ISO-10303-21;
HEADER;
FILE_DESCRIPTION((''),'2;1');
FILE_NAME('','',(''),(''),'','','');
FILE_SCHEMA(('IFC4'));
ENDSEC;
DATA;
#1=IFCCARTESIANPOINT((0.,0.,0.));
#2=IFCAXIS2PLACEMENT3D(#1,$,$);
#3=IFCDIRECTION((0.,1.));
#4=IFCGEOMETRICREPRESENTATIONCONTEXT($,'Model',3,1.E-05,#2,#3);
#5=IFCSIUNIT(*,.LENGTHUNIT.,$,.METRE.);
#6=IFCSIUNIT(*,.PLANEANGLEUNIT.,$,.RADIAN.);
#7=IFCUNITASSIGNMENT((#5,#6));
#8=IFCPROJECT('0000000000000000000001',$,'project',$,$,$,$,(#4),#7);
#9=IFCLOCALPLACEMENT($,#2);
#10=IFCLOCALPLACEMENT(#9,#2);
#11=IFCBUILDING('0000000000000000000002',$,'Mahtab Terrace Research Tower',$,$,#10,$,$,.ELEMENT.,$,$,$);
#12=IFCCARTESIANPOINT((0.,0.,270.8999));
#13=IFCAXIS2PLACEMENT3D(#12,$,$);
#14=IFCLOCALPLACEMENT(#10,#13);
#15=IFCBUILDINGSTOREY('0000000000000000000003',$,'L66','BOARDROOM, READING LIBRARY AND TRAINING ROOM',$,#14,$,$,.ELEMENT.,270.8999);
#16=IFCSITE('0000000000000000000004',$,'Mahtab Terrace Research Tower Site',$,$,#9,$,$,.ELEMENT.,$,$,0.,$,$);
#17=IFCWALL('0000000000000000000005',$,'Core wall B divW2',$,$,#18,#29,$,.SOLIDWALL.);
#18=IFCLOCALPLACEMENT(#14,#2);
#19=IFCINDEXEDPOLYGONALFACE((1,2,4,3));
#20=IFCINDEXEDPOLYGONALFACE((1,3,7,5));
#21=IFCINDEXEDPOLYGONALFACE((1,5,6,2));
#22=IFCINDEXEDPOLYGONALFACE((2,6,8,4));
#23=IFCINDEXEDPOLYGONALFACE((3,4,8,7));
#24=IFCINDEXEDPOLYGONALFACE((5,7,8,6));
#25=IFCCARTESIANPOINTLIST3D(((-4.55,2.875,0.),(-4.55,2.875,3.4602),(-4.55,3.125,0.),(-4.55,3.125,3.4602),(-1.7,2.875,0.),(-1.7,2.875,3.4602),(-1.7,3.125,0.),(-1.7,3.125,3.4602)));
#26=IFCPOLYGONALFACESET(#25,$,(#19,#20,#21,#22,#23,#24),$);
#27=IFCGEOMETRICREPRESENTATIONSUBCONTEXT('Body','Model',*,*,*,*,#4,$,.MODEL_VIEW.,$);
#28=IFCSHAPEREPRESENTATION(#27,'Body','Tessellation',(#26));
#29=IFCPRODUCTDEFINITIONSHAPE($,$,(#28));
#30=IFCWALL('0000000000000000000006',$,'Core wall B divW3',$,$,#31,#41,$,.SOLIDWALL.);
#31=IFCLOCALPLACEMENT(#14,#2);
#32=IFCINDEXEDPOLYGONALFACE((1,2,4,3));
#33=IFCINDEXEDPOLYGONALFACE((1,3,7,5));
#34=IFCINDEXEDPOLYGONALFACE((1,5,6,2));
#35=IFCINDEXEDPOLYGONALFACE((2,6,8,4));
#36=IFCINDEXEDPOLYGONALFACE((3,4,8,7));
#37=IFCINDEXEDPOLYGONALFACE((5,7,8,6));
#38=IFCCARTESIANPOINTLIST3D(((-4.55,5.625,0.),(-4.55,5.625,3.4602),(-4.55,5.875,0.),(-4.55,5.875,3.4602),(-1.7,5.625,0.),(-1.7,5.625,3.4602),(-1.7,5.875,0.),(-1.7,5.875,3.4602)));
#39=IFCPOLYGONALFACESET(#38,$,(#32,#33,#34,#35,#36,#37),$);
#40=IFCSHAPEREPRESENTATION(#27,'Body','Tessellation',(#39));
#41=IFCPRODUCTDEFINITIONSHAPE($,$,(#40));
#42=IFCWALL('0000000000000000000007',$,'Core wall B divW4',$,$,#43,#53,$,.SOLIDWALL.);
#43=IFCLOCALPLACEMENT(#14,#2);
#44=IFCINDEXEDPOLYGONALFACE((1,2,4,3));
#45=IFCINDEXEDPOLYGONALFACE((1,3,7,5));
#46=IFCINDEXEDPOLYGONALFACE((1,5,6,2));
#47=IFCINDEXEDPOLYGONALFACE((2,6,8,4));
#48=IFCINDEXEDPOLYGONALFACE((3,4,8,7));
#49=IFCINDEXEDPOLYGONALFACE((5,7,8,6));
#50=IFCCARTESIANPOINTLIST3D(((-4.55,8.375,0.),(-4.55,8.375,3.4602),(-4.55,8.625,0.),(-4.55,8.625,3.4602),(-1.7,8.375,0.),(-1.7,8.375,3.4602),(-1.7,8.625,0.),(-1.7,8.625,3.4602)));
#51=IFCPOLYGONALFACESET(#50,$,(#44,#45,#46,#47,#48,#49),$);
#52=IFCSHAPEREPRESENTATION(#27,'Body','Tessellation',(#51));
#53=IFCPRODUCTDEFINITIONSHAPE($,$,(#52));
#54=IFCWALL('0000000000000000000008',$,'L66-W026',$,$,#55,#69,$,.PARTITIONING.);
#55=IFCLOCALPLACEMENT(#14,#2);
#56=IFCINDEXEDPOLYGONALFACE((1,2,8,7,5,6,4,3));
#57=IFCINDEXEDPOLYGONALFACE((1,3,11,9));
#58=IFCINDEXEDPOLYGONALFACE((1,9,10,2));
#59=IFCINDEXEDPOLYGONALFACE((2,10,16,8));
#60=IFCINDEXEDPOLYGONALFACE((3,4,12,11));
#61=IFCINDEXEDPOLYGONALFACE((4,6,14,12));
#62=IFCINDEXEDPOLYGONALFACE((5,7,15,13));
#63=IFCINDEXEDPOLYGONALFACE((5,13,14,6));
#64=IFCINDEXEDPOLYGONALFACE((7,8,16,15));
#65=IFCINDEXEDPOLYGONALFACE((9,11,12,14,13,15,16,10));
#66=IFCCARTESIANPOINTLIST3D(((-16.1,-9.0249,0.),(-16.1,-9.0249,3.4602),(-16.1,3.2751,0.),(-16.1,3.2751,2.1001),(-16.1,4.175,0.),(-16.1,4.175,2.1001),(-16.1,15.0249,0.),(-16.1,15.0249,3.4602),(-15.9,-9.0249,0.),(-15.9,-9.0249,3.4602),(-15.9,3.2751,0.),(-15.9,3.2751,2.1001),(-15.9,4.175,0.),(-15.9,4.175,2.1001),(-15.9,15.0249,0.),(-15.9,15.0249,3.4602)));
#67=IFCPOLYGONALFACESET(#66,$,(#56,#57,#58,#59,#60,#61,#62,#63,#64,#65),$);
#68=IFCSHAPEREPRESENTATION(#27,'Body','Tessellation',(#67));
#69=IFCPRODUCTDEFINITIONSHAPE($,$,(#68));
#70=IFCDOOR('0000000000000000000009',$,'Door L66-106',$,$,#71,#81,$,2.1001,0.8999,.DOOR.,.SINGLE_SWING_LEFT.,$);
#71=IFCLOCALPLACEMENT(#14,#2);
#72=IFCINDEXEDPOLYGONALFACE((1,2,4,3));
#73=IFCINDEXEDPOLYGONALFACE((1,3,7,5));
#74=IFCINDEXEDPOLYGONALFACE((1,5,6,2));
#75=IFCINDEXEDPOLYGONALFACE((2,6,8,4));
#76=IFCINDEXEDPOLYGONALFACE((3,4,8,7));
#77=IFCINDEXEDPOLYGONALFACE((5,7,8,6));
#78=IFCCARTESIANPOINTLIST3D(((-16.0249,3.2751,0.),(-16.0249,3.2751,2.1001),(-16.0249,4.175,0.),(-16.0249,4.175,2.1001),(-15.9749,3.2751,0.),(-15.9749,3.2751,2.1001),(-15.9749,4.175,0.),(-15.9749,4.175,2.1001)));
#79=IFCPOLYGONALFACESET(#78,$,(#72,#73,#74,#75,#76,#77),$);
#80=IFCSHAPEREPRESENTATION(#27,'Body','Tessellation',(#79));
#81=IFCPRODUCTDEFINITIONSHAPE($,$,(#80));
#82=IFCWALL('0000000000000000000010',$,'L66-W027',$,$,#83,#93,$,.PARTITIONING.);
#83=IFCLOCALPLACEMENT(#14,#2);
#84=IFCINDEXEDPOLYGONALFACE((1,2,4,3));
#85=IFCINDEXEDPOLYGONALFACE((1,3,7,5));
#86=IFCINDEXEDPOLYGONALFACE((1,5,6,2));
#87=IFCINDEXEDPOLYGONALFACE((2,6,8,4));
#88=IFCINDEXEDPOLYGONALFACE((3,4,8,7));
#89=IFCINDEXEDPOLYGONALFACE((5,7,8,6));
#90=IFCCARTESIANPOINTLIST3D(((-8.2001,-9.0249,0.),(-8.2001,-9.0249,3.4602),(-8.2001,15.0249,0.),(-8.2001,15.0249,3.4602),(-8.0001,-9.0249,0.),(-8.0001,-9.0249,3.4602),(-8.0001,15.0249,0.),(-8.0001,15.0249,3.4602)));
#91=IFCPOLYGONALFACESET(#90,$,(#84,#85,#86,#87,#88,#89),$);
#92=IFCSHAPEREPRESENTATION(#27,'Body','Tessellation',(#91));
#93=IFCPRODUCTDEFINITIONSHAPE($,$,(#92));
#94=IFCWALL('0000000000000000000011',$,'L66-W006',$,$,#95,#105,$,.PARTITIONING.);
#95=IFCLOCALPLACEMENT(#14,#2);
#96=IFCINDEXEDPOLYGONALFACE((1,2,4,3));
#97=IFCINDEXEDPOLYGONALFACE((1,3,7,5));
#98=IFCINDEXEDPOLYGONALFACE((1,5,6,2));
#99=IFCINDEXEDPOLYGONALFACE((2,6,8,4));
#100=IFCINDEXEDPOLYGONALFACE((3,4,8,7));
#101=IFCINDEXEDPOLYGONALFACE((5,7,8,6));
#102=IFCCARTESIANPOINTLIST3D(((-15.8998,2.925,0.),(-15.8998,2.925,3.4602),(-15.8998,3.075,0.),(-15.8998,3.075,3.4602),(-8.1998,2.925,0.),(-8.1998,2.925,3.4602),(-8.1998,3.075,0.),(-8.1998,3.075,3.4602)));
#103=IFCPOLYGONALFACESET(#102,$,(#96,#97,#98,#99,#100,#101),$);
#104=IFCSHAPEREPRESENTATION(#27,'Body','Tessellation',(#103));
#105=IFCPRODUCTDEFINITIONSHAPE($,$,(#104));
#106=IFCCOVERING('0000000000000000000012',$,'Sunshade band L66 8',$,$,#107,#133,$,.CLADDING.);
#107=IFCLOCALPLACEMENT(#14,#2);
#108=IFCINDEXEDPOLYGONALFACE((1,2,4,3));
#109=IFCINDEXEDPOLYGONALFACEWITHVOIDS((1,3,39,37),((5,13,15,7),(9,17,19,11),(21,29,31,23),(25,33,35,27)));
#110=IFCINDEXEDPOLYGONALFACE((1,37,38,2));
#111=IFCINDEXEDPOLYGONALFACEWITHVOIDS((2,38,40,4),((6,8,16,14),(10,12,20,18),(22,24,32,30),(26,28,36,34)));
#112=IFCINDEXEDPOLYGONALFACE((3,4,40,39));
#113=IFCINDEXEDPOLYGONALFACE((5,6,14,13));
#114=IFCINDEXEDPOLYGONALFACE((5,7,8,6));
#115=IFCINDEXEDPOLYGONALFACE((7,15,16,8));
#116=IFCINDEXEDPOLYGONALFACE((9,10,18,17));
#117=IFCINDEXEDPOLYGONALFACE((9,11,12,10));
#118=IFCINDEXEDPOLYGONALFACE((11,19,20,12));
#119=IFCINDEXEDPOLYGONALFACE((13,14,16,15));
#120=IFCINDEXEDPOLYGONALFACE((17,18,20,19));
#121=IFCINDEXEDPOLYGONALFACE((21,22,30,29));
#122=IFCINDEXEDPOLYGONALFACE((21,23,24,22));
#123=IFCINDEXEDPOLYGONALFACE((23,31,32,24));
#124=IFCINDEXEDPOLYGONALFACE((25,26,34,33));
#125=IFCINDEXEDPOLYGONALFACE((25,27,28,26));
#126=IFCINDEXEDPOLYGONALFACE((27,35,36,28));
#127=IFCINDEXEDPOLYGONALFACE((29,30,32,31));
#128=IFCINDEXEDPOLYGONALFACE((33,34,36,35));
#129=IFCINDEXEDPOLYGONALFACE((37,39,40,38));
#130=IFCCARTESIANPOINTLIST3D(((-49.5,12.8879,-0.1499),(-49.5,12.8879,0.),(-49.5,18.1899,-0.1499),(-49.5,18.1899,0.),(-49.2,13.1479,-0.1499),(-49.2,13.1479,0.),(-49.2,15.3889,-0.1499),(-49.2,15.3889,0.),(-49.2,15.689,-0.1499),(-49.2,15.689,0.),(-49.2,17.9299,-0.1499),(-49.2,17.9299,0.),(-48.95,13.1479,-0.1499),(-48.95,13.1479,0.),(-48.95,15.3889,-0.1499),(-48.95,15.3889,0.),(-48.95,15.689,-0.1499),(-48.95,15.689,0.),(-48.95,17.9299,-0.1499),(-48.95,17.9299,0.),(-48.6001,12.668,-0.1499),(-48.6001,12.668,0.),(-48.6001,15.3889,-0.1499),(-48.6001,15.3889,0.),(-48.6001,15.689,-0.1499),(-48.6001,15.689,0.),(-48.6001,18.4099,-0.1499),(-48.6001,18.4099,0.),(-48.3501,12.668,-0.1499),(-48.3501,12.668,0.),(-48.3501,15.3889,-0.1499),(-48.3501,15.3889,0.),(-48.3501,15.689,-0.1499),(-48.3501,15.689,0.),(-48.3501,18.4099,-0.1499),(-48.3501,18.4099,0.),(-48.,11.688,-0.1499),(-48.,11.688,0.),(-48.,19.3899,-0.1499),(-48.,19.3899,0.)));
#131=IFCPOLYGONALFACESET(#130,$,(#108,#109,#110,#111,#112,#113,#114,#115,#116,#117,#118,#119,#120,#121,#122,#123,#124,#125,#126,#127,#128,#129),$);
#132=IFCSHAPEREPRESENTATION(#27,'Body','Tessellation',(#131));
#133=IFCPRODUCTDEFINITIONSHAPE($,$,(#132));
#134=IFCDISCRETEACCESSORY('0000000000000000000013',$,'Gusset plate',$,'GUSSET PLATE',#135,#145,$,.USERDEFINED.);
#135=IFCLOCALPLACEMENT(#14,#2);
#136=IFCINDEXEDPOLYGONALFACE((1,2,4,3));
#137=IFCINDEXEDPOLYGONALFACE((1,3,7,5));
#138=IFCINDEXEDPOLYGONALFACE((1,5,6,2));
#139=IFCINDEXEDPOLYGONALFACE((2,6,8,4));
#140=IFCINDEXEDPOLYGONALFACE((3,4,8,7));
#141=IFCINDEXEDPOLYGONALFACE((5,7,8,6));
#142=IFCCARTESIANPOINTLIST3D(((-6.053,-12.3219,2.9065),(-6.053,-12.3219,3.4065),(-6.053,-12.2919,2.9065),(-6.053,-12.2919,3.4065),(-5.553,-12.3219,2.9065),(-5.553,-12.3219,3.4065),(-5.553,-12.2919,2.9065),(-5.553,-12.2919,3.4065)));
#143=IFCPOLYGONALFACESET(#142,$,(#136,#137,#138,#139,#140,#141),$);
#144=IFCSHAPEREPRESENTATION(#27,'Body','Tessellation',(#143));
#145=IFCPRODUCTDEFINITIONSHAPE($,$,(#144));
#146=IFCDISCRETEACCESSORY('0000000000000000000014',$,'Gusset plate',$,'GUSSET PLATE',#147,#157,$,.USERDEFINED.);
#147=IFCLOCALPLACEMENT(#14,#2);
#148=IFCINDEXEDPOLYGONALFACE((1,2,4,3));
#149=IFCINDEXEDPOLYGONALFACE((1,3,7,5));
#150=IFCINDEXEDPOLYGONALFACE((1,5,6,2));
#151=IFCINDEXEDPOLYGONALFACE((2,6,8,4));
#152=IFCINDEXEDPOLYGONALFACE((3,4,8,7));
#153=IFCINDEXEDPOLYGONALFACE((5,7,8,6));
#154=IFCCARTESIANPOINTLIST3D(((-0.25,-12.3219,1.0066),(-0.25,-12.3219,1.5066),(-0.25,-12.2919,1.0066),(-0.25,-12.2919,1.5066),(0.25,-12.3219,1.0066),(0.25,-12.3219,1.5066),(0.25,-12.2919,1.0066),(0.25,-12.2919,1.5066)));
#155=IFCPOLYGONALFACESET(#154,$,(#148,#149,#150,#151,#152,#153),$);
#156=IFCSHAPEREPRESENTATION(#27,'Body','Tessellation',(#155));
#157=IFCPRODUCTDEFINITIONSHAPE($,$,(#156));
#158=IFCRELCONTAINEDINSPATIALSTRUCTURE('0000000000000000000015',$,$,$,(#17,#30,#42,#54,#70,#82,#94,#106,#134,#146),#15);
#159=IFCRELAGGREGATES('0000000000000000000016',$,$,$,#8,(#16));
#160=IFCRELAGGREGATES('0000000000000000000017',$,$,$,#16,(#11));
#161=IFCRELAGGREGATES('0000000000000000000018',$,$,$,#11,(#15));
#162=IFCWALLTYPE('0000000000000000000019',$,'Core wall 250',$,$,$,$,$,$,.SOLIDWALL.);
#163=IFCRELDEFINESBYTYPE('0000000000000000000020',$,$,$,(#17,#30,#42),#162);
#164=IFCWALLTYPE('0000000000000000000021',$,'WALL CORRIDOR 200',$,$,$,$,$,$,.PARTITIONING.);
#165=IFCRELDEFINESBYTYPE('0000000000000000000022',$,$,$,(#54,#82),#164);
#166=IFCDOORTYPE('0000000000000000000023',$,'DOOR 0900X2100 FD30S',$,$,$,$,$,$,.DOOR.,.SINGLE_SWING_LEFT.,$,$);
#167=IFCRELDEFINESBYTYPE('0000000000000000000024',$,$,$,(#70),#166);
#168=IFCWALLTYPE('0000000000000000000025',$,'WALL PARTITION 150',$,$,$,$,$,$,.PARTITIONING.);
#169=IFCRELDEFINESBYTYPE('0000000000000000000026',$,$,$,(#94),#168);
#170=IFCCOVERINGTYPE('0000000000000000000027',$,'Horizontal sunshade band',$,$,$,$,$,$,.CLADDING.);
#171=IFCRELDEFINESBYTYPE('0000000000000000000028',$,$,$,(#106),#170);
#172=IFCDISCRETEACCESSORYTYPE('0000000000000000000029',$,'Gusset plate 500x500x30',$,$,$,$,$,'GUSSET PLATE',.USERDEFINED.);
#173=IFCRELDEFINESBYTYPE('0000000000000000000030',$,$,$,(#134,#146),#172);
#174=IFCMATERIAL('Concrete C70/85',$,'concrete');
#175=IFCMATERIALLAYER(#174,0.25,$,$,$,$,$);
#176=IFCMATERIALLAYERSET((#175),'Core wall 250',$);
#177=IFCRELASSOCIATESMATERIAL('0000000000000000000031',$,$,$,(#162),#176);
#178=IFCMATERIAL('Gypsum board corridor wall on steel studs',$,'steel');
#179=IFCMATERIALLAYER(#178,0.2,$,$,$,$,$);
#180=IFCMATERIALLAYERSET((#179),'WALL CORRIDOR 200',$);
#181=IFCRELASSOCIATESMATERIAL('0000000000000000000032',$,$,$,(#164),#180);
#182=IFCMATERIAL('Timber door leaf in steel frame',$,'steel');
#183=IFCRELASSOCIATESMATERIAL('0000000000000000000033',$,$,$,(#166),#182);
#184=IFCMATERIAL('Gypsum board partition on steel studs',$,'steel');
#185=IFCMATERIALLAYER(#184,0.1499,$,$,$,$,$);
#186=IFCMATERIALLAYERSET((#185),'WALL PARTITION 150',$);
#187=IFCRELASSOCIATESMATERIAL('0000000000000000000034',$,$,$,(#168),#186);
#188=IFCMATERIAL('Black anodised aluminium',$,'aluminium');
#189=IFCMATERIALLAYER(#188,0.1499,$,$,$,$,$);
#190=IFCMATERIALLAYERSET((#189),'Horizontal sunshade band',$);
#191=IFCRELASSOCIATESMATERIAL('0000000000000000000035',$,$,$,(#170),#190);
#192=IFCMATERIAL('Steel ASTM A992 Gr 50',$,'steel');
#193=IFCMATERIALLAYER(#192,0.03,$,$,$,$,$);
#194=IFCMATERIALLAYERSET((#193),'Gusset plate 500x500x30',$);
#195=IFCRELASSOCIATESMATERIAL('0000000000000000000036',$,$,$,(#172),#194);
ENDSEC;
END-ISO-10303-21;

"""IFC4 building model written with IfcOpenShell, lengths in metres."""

from ifc_helpers import new_model, si_unit, direction, frame, frame_2d, origin, origin_2d, place, context, subcontext, project, spatial, polyline, rectangle, outline, extrude, material, layer, layer_set, type_object, element, fill, save


model = new_model("IFC4")

# Units and contexts
model_context = context("Model", 3, precision=1e-05, world=origin(), true_north=direction((0.0, 1.0)))
body_context = subcontext(model_context, "Body", "Model", "MODEL_VIEW")
ifc_project = project(units=[si_unit("LENGTHUNIT", "METRE"), si_unit("PLANEANGLEUNIT", "RADIAN")], contexts=[model_context])

# Site, building, storey
site_placement = place(None, origin())
site = spatial("IfcSite", under=ifc_project, at=site_placement, Name="Mahtab Terrace Research Tower Site", CompositionType="ELEMENT", RefElevation=0.0)
building_placement = place(site_placement, origin())
building = spatial("IfcBuilding", under=site, at=building_placement, Name="Mahtab Terrace Research Tower", CompositionType="ELEMENT")
storey_placement = place(building_placement, frame((0.0, 0.0, 270.8999)))
storey = spatial("IfcBuildingStorey", under=building, at=storey_placement, Name="L66", Description="BOARDROOM, READING LIBRARY AND TRAINING ROOM", CompositionType="ELEMENT", Elevation=270.8999)

# Shared definitions
ifc_material_1 = material(Name="Concrete C70/85", Category="concrete")
ifc_material_2 = material(Name="Steel ASTM A992 Gr 50", Category="steel")

# Shared definitions
ifc_layer_1 = layer(ifc_material_1, 0.25)
ifc_layer_set_1 = layer_set([ifc_layer_1], Name="Core wall 250")
wall_type_1 = type_object("IfcWallType", Name="Core wall 250", PredefinedType="SOLIDWALL", material=ifc_layer_set_1)

# Walls
for number, where, z_axis, x_axis, name in (
    (1, (-4.55, 3.0, 0.0), (0.0, 0.0, 1.0), (1.0, 0.0, 0.0), "Core wall B divW2"),
    (2, (-4.55, 5.75, 0.0), (0.0, 0.0, 1.0), (1.0, 0.0, 0.0), "Core wall B divW3"),
    (3, (-4.55, 8.5, 0.0), (0.0, 0.0, 1.0), (1.0, 0.0, 0.0), "Core wall B divW4"),
):
    element("IfcWall", number, at=place(storey_placement, frame(where, z_axis=z_axis, x_axis=x_axis)), inside=storey, type_object=wall_type_1, Name=name, PredefinedType="SOLIDWALL", context=body_context, shape_type="SweptSolid", body=[
        extrude(rectangle(XDim=2.8501, YDim=0.25, at=frame_2d((1.425, 0.0))), origin(), (0.0, 0.0, 1.0), 3.4602),
    ])

# Wall, opening, door
ifc_material_3 = material(Name="Gypsum board corridor wall on steel studs", Category="steel")
ifc_layer_2 = layer(ifc_material_3, 0.2)
ifc_layer_set_2 = layer_set([ifc_layer_2], Name="WALL CORRIDOR 200")
wall_type_2 = type_object("IfcWallType", Name="WALL CORRIDOR 200", PredefinedType="PARTITIONING", material=ifc_layer_set_2)
wall_1_placement = place(storey_placement, frame((-16.0, -9.0249, 0.0), z_axis=(0.0, 0.0, 1.0), x_axis=(0.0, 1.0, 0.0)))
wall_1 = element("IfcWall", 4, at=wall_1_placement, inside=storey, type_object=wall_type_2, Name="L66-W026", PredefinedType="PARTITIONING", context=body_context, shape_type="SweptSolid", body=[
    extrude(rectangle(XDim=24.0498, YDim=0.2, at=frame_2d((12.0249, 0.0))), origin(), (0.0, 0.0, 1.0), 3.4602),
])
opening_1_placement = place(wall_1_placement, frame((12.3, 0.0, 0.0)))
opening_1 = element("IfcOpeningElement", 5, at=opening_1_placement, cuts=wall_1, PredefinedType="OPENING", context=body_context, shape_type="SweptSolid", body=[
    extrude(rectangle(XDim=0.8999, YDim=2.1001, at=frame_2d((0.45, 1.05))), frame((0.0, 0.1099, 0.0), z_axis=(0.0, -1.0, 0.0), x_axis=(1.0, 0.0, 0.0)), (0.0, 0.0, 1.0), 0.22),
])
ifc_material_4 = material(Name="Timber door leaf in steel frame", Category="steel")
door_type_1 = type_object("IfcDoorType", Name="DOOR 0900X2100 FD30S", OperationType="SINGLE_SWING_LEFT", PredefinedType="DOOR", material=ifc_material_4)
door_1_placement = place(opening_1_placement, origin())
door_1 = element("IfcDoor", 6, at=door_1_placement, inside=storey, type_object=door_type_1, Name="Door L66-106", OperationType="SINGLE_SWING_LEFT", OverallHeight=2.1001, OverallWidth=0.8999, PredefinedType="DOOR", context=body_context, shape_type="SweptSolid", body=[
    extrude(rectangle(XDim=0.8999, YDim=2.1001, at=frame_2d((0.45, 1.05))), frame((0.0, 0.0249, 0.0), z_axis=(0.0, -1.0, 0.0), x_axis=(1.0, 0.0, 0.0)), (0.0, 0.0, 1.0), 0.05),
])
fill(opening_1, door_1)

# Walls
wall_2_placement = place(storey_placement, frame((-8.1001, -9.0249, 0.0), z_axis=(0.0, 0.0, 1.0), x_axis=(0.0, 1.0, 0.0)))
element("IfcWall", 7, at=wall_2_placement, inside=storey, type_object=wall_type_2, Name="L66-W027", PredefinedType="PARTITIONING", context=body_context, shape_type="SweptSolid", body=[
    extrude(rectangle(XDim=24.0498, YDim=0.2, at=frame_2d((12.0249, 0.0))), origin(), (0.0, 0.0, 1.0), 3.4602),
])
ifc_material_5 = material(Name="Gypsum board partition on steel studs", Category="steel")
ifc_layer_3 = layer(ifc_material_5, 0.1499)
ifc_layer_set_3 = layer_set([ifc_layer_3], Name="WALL PARTITION 150")
wall_type_3 = type_object("IfcWallType", Name="WALL PARTITION 150", PredefinedType="PARTITIONING", material=ifc_layer_set_3)
wall_3_placement = place(storey_placement, frame((-15.8999, 3.0, 0.0), z_axis=(0.0, 0.0, 1.0), x_axis=(1.0, 0.0, 0.0)))
element("IfcWall", 8, at=wall_3_placement, inside=storey, type_object=wall_type_3, Name="L66-W006", PredefinedType="PARTITIONING", context=body_context, shape_type="SweptSolid", body=[
    extrude(rectangle(XDim=7.7, YDim=0.1499, at=frame_2d((3.8501, 0.0))), origin(), (0.0, 0.0, 1.0), 3.4602),
])

# Covering
ifc_material_6 = material(Name="Black anodised aluminium", Category="aluminium")
ifc_layer_4 = layer(ifc_material_6, 0.1499)
ifc_layer_set_4 = layer_set([ifc_layer_4], Name="Horizontal sunshade band")
covering_type = type_object("IfcCoveringType", Name="Horizontal sunshade band", PredefinedType="CLADDING", material=ifc_layer_set_4)
covering_placement = place(storey_placement, frame((0.0, 0.0, -0.1499)))
element("IfcCovering", 9, at=covering_placement, inside=storey, type_object=covering_type, Name="Sunshade band L66 8", PredefinedType="CLADDING", context=body_context, shape_type="SweptSolid", body=[
    extrude(outline(polyline([(-48.0, 19.3899), (-48.0, 11.688), (-49.5, 12.8879), (-49.5, 18.1899), (-48.0, 19.3899)]), holes=[polyline([(-48.3501, 18.4099), (-48.3501, 15.689), (-48.6001, 15.689), (-48.6001, 18.4099), (-48.3501, 18.4099)]), polyline([(-48.3501, 15.3889), (-48.3501, 12.668), (-48.6001, 12.668), (-48.6001, 15.3889), (-48.3501, 15.3889)]), polyline([(-48.95, 17.9299), (-48.95, 15.689), (-49.2, 15.689), (-49.2, 17.9299), (-48.95, 17.9299)]), polyline([(-48.95, 15.3889), (-48.95, 13.1479), (-49.2, 13.1479), (-49.2, 15.3889), (-48.95, 15.3889)])]), origin(), (0.0, 0.0, 1.0), 0.1499),
])

# Discrete accessories
ifc_layer_5 = layer(ifc_material_2, 0.03)
ifc_layer_set_5 = layer_set([ifc_layer_5], Name="Gusset plate 500x500x30")
discrete_accessory_type = type_object("IfcDiscreteAccessoryType", Name="Gusset plate 500x500x30", ElementType="GUSSET PLATE", PredefinedType="USERDEFINED", material=ifc_layer_set_5)
for number, where, z_axis, x_axis, name in (
    (10, (-5.803, -12.3069, 2.9065), (0.0, 0.0, 1.0), (1.0, 0.0, 0.0), "Gusset plate"),
    (11, (0.0, -12.3069, 1.0066), (0.0, 0.0, 1.0), (1.0, 0.0, 0.0), "Gusset plate"),
):
    element("IfcDiscreteAccessory", number, at=place(storey_placement, frame(where, z_axis=z_axis, x_axis=x_axis)), inside=storey, type_object=discrete_accessory_type, Name=name, ObjectType="GUSSET PLATE", PredefinedType="USERDEFINED", context=body_context, shape_type="SweptSolid", body=[
        extrude(rectangle(XDim=0.5, YDim=0.03, at=origin_2d()), origin(), (0.0, 0.0, 1.0), 0.5),
    ])

save(model, "model.ifc")
